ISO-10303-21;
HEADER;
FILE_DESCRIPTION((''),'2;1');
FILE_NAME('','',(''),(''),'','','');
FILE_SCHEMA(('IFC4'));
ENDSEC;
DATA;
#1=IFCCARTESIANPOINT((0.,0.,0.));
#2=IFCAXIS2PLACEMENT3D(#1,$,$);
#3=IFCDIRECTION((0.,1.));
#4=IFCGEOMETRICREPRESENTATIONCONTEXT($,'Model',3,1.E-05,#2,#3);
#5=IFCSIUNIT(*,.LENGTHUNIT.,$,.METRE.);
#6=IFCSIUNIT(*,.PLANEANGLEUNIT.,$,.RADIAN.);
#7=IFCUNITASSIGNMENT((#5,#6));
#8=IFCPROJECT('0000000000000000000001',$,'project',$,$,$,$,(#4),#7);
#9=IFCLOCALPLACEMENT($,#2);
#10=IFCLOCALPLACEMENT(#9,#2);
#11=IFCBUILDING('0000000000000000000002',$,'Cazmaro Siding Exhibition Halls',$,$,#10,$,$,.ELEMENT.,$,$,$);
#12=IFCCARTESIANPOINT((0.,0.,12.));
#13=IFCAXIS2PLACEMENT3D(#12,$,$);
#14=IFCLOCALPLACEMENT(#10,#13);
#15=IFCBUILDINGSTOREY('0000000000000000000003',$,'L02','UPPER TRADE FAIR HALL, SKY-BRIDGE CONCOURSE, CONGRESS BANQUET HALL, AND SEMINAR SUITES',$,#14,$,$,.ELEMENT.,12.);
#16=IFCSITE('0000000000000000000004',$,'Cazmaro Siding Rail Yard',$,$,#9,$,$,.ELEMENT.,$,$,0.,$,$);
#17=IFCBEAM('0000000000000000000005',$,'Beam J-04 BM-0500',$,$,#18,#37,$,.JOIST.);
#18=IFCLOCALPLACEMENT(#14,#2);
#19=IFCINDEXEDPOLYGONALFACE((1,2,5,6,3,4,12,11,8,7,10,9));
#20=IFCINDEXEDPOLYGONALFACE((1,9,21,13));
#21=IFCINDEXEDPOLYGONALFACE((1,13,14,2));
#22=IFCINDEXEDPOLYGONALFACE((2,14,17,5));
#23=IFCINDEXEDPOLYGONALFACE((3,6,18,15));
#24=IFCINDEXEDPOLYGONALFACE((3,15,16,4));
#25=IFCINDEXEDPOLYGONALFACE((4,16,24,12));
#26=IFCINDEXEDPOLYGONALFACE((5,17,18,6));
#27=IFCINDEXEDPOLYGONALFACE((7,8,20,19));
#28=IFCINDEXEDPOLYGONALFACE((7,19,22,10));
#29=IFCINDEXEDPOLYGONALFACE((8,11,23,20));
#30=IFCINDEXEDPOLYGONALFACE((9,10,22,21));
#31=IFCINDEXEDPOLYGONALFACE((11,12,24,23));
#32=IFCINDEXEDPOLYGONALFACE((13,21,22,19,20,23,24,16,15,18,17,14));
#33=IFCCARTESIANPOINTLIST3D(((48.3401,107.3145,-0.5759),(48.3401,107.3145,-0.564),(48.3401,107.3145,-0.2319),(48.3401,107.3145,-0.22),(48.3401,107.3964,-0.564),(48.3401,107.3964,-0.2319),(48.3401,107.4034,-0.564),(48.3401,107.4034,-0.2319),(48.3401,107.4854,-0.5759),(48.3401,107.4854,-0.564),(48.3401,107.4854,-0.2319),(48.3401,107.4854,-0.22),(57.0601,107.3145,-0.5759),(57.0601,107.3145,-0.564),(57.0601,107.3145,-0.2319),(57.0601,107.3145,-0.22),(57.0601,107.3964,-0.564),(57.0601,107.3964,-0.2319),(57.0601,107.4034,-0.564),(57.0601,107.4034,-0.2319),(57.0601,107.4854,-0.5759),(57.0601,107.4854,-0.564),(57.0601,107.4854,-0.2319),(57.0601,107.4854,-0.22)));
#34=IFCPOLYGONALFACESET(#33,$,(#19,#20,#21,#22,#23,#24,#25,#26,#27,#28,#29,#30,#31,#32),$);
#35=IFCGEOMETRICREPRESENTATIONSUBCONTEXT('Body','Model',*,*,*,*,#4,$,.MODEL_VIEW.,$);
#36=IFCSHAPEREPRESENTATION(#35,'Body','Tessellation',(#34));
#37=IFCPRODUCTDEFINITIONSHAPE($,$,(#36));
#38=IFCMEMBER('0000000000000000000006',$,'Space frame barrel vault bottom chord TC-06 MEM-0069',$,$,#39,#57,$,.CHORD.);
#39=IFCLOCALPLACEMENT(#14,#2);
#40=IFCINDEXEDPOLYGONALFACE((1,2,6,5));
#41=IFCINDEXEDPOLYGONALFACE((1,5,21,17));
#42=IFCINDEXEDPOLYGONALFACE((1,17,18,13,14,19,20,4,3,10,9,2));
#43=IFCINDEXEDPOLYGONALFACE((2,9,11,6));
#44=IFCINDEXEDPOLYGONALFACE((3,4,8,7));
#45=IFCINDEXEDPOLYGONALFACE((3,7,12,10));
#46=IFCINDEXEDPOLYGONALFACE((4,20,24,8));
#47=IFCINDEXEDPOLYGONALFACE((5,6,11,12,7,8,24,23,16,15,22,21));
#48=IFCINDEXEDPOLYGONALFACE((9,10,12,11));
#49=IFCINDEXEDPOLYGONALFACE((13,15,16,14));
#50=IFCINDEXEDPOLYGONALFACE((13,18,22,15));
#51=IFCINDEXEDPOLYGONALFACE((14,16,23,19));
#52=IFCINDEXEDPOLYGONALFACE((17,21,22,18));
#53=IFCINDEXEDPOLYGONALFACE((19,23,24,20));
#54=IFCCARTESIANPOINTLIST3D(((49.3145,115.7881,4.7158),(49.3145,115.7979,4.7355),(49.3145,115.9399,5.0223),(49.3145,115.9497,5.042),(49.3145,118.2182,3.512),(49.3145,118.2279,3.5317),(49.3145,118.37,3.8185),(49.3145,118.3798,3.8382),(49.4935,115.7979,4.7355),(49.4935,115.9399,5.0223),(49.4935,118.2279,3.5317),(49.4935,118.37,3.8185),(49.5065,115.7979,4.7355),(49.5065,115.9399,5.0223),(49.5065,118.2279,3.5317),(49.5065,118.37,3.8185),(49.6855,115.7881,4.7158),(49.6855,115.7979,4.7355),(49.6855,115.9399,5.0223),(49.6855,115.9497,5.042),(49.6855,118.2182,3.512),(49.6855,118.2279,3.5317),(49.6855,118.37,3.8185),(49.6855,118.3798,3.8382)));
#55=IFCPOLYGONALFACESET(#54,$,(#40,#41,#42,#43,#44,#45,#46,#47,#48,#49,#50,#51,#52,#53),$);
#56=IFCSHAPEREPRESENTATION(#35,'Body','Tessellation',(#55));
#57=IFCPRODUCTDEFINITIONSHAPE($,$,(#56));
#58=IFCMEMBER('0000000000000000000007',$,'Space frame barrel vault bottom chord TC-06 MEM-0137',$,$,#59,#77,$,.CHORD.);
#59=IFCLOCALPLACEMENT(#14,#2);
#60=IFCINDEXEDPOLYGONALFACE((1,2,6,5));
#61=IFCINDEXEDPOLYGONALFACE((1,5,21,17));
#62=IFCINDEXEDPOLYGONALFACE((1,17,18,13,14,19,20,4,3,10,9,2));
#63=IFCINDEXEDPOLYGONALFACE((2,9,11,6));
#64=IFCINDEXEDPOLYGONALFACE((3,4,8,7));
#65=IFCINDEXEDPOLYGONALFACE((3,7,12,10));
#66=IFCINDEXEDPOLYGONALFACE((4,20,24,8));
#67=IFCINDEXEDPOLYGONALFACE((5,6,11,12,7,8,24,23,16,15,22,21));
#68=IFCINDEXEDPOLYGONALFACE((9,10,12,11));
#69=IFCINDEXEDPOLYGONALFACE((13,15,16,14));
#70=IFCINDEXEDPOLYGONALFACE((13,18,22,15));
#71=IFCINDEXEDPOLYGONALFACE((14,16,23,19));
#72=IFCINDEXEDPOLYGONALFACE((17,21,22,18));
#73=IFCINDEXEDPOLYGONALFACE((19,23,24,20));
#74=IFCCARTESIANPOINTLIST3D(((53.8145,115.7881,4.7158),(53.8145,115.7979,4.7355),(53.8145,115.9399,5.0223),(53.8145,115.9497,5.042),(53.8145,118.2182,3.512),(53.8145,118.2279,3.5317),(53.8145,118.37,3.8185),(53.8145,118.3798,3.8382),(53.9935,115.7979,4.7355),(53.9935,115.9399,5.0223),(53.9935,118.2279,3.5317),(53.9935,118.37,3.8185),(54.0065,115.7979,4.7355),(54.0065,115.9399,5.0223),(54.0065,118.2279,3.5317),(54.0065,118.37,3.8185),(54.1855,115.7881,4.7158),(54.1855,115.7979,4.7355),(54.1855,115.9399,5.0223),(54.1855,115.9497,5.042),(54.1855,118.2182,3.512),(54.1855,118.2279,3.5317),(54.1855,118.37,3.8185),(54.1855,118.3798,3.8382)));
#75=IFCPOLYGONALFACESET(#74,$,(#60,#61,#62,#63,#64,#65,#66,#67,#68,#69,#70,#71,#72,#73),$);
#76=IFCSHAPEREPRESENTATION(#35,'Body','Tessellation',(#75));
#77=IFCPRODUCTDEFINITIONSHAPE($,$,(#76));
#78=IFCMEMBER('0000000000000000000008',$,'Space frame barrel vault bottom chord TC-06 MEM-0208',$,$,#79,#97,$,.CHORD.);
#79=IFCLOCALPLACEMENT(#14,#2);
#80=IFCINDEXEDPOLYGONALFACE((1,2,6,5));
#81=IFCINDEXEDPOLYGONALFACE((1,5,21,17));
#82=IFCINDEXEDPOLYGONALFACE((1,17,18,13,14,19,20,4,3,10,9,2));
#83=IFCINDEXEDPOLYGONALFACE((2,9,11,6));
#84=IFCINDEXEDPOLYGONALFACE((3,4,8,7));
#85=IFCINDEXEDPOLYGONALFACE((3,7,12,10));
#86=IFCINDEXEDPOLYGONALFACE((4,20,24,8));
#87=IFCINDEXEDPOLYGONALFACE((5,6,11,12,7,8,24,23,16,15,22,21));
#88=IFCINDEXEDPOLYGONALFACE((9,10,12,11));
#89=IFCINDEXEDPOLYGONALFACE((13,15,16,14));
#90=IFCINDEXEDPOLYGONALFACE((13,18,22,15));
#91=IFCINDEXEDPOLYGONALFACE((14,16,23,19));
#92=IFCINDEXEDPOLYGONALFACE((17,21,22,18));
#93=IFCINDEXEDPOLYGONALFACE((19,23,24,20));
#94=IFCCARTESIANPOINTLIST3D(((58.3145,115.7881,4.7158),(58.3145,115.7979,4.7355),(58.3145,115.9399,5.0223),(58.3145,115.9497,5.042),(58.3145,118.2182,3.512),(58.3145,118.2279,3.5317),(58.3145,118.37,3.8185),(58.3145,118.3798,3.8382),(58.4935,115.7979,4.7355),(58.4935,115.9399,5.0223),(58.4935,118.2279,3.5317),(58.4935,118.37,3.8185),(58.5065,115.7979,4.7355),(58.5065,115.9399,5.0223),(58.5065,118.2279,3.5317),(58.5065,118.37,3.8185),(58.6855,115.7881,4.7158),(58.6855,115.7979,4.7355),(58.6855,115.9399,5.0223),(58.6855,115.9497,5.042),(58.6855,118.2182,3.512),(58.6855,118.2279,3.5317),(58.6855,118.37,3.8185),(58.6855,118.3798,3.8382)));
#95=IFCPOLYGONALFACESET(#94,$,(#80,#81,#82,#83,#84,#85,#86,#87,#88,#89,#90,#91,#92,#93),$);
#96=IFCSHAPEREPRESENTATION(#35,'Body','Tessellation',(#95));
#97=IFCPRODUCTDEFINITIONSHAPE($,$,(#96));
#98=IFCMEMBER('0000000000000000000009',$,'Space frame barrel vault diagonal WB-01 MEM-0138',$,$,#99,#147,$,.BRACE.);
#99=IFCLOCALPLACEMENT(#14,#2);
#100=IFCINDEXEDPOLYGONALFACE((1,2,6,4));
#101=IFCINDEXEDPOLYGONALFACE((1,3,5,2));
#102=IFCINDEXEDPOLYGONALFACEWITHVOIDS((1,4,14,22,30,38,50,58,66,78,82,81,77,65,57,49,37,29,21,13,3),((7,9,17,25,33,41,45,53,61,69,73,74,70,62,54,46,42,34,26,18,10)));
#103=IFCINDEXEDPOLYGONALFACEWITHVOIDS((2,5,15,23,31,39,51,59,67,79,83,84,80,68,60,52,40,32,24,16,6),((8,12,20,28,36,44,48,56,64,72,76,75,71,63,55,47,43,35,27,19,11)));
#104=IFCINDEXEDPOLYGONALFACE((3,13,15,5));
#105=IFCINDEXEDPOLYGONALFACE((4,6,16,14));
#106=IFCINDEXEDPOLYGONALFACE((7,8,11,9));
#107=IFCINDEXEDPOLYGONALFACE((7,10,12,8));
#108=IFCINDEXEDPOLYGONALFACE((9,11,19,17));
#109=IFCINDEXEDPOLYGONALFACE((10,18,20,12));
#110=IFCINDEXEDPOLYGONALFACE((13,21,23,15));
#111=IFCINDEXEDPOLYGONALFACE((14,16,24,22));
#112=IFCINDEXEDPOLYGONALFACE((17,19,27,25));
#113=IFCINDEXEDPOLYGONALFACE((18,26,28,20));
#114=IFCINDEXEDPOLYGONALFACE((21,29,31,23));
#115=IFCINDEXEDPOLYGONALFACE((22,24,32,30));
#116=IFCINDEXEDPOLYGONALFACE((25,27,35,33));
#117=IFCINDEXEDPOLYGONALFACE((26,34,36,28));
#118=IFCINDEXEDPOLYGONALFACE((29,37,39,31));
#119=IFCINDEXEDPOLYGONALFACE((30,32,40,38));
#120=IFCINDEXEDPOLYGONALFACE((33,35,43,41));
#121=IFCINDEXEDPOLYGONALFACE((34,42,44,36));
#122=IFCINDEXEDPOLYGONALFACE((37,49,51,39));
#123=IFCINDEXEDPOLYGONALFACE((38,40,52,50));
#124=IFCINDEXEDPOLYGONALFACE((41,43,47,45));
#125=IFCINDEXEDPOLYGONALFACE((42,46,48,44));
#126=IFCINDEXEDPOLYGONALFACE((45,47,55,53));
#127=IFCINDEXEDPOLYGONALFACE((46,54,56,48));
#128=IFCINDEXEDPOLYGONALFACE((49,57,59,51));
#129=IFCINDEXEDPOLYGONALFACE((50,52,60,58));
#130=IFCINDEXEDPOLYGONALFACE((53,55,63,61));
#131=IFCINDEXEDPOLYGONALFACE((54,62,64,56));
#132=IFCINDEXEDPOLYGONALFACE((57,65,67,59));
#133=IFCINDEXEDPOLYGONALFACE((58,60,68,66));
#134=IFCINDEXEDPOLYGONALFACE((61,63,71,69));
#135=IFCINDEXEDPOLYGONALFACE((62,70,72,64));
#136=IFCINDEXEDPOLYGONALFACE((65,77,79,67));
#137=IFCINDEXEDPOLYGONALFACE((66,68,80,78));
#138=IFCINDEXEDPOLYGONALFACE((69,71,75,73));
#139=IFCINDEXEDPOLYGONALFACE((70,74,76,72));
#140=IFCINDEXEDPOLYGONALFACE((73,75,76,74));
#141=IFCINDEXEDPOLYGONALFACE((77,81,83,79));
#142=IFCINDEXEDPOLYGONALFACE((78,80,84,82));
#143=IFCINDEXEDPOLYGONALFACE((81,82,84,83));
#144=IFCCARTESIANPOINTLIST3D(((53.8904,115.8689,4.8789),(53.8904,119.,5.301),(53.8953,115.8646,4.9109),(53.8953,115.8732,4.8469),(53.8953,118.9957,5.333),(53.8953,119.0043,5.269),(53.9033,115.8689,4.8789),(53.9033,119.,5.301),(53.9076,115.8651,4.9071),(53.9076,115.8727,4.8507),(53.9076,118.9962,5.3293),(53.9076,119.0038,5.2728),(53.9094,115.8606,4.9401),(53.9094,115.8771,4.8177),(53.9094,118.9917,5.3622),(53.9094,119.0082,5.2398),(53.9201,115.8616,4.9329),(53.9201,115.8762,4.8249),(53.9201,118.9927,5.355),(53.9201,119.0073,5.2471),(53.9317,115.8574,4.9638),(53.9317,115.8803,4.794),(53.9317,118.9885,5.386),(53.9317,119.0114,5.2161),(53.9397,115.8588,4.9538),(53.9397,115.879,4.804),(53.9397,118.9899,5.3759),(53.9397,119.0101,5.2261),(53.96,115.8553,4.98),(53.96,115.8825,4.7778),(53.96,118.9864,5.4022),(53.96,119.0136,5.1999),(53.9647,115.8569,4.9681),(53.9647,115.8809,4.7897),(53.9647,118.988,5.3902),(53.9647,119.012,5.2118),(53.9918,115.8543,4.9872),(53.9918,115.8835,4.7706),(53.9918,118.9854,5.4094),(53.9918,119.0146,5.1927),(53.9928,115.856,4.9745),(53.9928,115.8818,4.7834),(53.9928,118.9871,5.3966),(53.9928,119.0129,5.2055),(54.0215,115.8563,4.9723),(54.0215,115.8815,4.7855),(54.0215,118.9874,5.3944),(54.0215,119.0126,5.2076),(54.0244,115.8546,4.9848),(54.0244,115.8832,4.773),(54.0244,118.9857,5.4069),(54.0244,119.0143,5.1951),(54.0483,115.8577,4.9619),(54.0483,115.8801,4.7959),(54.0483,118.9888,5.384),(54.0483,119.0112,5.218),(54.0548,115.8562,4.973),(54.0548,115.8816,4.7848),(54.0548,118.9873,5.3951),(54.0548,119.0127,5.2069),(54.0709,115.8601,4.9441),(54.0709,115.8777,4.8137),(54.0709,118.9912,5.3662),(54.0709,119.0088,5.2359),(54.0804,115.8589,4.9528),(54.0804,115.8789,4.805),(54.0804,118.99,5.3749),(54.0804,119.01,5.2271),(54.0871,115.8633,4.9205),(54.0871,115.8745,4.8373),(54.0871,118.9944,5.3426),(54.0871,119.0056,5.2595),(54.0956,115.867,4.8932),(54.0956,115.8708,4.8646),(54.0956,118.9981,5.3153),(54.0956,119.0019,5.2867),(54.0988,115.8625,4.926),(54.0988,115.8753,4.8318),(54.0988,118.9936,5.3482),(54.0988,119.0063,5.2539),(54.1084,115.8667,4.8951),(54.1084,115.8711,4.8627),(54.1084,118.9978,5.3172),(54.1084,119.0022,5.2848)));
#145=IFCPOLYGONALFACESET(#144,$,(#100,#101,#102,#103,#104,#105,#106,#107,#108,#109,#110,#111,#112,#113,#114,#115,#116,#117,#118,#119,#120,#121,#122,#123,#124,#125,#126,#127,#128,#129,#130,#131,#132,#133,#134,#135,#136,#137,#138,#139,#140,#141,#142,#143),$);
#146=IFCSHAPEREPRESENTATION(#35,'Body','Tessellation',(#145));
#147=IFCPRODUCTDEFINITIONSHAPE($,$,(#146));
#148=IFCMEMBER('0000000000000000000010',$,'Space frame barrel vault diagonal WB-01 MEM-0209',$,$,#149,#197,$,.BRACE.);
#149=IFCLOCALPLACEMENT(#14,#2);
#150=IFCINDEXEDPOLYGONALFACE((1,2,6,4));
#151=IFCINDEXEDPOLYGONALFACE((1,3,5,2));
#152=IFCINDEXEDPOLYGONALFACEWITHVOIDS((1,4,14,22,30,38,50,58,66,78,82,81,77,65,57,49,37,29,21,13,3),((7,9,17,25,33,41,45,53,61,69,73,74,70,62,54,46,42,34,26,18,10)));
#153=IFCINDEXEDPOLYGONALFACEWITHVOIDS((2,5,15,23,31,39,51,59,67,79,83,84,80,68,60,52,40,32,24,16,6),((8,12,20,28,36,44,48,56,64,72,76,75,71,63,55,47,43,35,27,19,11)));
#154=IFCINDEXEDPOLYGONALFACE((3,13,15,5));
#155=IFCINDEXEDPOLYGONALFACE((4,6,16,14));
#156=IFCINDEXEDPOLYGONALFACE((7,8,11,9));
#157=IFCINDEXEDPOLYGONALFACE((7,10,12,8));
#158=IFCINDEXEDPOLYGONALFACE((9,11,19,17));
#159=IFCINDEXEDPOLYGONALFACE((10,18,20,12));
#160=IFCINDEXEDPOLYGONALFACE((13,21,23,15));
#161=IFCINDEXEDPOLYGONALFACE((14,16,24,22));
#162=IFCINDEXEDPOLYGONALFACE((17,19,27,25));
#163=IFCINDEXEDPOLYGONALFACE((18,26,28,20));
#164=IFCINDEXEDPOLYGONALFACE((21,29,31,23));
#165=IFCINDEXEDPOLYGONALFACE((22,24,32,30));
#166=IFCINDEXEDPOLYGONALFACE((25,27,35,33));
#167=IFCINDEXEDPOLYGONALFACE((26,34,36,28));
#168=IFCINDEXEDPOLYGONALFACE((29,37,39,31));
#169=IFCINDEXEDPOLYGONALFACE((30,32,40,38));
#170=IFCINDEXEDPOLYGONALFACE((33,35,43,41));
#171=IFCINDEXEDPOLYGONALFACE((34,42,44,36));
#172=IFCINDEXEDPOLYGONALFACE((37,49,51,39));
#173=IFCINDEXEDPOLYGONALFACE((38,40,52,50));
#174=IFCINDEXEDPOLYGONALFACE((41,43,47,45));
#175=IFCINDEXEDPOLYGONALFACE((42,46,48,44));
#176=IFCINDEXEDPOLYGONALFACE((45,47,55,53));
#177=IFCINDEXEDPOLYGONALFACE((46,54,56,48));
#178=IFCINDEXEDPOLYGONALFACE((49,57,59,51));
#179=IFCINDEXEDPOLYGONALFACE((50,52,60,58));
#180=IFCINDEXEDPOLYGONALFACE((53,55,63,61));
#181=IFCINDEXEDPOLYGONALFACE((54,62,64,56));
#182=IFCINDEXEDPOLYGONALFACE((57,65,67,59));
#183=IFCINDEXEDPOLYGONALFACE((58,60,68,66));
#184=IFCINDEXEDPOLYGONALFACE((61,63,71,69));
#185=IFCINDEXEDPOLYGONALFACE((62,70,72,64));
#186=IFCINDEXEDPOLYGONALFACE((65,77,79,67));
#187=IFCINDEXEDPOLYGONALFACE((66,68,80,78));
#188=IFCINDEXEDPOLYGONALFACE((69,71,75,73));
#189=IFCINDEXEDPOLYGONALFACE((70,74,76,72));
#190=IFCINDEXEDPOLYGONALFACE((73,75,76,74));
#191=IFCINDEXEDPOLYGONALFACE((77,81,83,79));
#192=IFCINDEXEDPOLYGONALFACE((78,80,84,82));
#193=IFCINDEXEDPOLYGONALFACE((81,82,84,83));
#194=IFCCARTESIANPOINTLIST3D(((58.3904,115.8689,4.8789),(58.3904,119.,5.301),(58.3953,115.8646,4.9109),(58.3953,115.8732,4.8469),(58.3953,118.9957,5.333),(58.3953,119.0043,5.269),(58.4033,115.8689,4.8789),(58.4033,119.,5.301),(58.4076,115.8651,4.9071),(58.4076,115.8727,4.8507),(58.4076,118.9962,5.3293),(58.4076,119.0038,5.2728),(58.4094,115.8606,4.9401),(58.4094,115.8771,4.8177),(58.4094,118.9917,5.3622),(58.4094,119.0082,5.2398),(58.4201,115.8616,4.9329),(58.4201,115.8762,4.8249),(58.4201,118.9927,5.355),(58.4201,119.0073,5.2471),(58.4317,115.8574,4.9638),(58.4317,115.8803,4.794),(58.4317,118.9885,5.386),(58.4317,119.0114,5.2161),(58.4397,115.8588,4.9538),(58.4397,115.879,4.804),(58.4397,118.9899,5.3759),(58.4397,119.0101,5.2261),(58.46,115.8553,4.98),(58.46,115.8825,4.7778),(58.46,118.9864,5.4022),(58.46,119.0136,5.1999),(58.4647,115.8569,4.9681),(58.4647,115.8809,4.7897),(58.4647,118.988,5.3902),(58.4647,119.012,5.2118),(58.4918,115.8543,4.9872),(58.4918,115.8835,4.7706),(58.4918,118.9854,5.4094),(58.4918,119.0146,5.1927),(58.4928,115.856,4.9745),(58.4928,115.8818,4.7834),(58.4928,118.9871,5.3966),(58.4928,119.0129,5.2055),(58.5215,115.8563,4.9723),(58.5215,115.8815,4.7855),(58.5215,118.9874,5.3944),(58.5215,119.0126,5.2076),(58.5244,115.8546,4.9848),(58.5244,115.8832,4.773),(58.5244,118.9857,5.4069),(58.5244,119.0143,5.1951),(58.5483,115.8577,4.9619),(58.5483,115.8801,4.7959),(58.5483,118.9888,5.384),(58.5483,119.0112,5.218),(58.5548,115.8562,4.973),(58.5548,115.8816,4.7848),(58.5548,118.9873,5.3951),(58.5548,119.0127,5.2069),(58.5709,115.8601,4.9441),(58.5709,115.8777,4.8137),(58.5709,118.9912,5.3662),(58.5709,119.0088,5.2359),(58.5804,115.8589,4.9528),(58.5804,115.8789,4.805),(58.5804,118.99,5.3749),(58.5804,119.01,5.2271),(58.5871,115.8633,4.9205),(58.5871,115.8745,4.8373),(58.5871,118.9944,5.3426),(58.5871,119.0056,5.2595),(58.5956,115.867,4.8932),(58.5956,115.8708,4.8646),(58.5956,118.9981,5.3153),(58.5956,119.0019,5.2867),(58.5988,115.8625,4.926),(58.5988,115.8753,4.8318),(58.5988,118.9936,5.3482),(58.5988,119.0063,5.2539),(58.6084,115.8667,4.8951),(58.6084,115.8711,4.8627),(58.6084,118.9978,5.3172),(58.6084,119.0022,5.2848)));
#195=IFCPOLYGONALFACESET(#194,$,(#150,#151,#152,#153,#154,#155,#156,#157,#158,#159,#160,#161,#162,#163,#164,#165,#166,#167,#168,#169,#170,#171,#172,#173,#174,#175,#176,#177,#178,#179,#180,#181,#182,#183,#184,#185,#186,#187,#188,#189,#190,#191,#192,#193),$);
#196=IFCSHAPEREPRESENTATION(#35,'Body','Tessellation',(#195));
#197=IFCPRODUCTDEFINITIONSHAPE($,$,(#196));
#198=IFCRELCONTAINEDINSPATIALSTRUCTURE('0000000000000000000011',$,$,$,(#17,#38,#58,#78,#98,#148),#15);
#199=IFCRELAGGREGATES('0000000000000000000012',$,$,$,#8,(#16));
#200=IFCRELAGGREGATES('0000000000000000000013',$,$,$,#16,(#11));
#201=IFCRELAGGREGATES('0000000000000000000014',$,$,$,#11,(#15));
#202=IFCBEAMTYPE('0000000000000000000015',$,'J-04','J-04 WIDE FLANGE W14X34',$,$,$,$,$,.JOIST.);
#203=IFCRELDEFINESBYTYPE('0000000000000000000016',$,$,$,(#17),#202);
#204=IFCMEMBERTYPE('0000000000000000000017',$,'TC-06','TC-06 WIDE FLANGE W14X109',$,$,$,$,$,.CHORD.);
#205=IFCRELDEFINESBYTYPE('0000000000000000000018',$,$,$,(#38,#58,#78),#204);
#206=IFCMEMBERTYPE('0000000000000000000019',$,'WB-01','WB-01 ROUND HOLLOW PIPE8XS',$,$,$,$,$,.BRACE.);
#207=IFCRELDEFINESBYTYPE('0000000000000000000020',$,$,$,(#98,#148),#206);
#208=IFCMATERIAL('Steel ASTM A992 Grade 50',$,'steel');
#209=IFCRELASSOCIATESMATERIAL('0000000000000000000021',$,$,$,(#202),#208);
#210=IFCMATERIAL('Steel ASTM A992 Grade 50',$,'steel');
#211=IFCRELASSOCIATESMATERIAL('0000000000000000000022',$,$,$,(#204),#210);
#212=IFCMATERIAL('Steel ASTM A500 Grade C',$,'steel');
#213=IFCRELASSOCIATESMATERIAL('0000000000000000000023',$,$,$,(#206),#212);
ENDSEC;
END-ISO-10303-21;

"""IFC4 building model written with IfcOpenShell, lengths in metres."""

from ifc_helpers import new_model, si_unit, direction, frame, origin, origin_2d, place, context, subcontext, project, spatial, hollow_circle, i_section, extrude, material, material_profile, profile_set, type_object, element, save


model = new_model("IFC4")

# Units and contexts
model_context = context("Model", 3, precision=1e-05, world=origin(), true_north=direction((0.0, 1.0)))
body_context = subcontext(model_context, "Body", "Model", "MODEL_VIEW")
ifc_project = project(units=[si_unit("LENGTHUNIT", "METRE"), si_unit("PLANEANGLEUNIT", "RADIAN")], contexts=[model_context])

# Site, building, storey
site_placement = place(None, origin())
site = spatial("IfcSite", under=ifc_project, at=site_placement, Name="Cazmaro Siding Rail Yard", CompositionType="ELEMENT", RefElevation=0.0)
building_placement = place(site_placement, origin())
building = spatial("IfcBuilding", under=site, at=building_placement, Name="Cazmaro Siding Exhibition Halls", CompositionType="ELEMENT")
storey_placement = place(building_placement, frame((0.0, 0.0, 12.0)))
storey = spatial("IfcBuildingStorey", under=building, at=storey_placement, Name="L02", Description="UPPER TRADE FAIR HALL, SKY-BRIDGE CONCOURSE, CONGRESS BANQUET HALL, AND SEMINAR SUITES", CompositionType="ELEMENT", Elevation=12.0)

# Beam
ifc_material_1 = material(Name="Steel ASTM A992 Grade 50", Category="steel")
ifc_material_profile_1 = material_profile(ifc_material_1, i_section(OverallWidth=0.1709, OverallDepth=0.356, WebThickness=0.0071, FlangeThickness=0.012, at=origin_2d()), Name="W14X34")
ifc_profile_set_1 = profile_set([ifc_material_profile_1], Name="Steel ASTM A992 Grade 50")
beam_type_1 = type_object("IfcBeamType", Name="J-04", Description="J-04 WIDE FLANGE W14X34", PredefinedType="JOIST", material=ifc_profile_set_1)
for number, where, z_axis, x_axis, name in (
    (1, (48.3401, 107.3999, -0.3979), (1.0, 0.0, 0.0), (0.0, 1.0, 0.0), "Beam J-04 BM-0500"),
):
    element("IfcBeam", number, at=place(storey_placement, frame(where, z_axis=z_axis, x_axis=x_axis)), inside=storey, type_object=beam_type_1, Name=name, PredefinedType="JOIST", context=body_context, shape_type="SweptSolid", body=[
        extrude(i_section(OverallWidth=0.1709, OverallDepth=0.356, WebThickness=0.0071, FlangeThickness=0.012, at=origin_2d()), origin(), (0.0, 0.0, 1.0), 8.72),
    ])

# Members
ifc_material_2 = material(Name="Steel ASTM A992 Grade 50", Category="steel")
ifc_material_profile_2 = material_profile(ifc_material_2, i_section(OverallWidth=0.3711, OverallDepth=0.364, WebThickness=0.0129, FlangeThickness=0.022, at=origin_2d()), Name="W14X109")
ifc_profile_set_2 = profile_set([ifc_material_profile_2], Name="Steel ASTM A992 Grade 50")
member_type_1 = type_object("IfcMemberType", Name="TC-06", Description="TC-06 WIDE FLANGE W14X109", PredefinedType="CHORD", material=ifc_profile_set_2)
for number, where, z_axis, x_axis, name in (
    (2, (49.5, 115.8689, 4.8789), (0.0, 0.896077, -0.443898), (-1.0, 0.0, 0.0), "Space frame barrel vault bottom chord TC-06 MEM-0069"),
    (3, (54.0, 115.8689, 4.8789), (0.0, 0.896077, -0.443898), (-1.0, 0.0, 0.0), "Space frame barrel vault bottom chord TC-06 MEM-0137"),
    (4, (58.5, 115.8689, 4.8789), (0.0, 0.896077, -0.443898), (-1.0, 0.0, 0.0), "Space frame barrel vault bottom chord TC-06 MEM-0208"),
):
    element("IfcMember", number, at=place(storey_placement, frame(where, z_axis=z_axis, x_axis=x_axis)), inside=storey, type_object=member_type_1, Name=name, PredefinedType="CHORD", context=body_context, shape_type="SweptSolid", body=[
        extrude(i_section(OverallWidth=0.3711, OverallDepth=0.364, WebThickness=0.0129, FlangeThickness=0.022, at=origin_2d()), origin(), (0.0, 0.0, 1.0), 2.7119),
    ])
ifc_material_3 = material(Name="Steel ASTM A500 Grade C", Category="steel")
ifc_material_profile_3 = material_profile(ifc_material_3, hollow_circle(Radius=0.1096, WallThickness=0.0129, at=origin_2d()), Name="PIPE8XS")
ifc_profile_set_3 = profile_set([ifc_material_profile_3], Name="Steel ASTM A500 Grade C")
member_type_2 = type_object("IfcMemberType", Name="WB-01", Description="WB-01 ROUND HOLLOW PIPE8XS", PredefinedType="BRACE", material=ifc_profile_set_3)
for number, where, z_axis, x_axis, name in (
    (5, (54.0, 115.8689, 4.8789), (0.0, 0.991035, 0.133606), (-1.0, 0.0, 0.0), "Space frame barrel vault diagonal WB-01 MEM-0138"),
    (6, (58.5, 115.8689, 4.8789), (0.0, 0.991035, 0.133606), (-1.0, 0.0, 0.0), "Space frame barrel vault diagonal WB-01 MEM-0209"),
):
    element("IfcMember", number, at=place(storey_placement, frame(where, z_axis=z_axis, x_axis=x_axis)), inside=storey, type_object=member_type_2, Name=name, PredefinedType="BRACE", context=body_context, shape_type="SweptSolid", body=[
        extrude(hollow_circle(Radius=0.1096, WallThickness=0.0129, at=origin_2d()), origin(), (0.0, 0.0, 1.0), 3.1594),
    ])

save(model, "model.ifc")
